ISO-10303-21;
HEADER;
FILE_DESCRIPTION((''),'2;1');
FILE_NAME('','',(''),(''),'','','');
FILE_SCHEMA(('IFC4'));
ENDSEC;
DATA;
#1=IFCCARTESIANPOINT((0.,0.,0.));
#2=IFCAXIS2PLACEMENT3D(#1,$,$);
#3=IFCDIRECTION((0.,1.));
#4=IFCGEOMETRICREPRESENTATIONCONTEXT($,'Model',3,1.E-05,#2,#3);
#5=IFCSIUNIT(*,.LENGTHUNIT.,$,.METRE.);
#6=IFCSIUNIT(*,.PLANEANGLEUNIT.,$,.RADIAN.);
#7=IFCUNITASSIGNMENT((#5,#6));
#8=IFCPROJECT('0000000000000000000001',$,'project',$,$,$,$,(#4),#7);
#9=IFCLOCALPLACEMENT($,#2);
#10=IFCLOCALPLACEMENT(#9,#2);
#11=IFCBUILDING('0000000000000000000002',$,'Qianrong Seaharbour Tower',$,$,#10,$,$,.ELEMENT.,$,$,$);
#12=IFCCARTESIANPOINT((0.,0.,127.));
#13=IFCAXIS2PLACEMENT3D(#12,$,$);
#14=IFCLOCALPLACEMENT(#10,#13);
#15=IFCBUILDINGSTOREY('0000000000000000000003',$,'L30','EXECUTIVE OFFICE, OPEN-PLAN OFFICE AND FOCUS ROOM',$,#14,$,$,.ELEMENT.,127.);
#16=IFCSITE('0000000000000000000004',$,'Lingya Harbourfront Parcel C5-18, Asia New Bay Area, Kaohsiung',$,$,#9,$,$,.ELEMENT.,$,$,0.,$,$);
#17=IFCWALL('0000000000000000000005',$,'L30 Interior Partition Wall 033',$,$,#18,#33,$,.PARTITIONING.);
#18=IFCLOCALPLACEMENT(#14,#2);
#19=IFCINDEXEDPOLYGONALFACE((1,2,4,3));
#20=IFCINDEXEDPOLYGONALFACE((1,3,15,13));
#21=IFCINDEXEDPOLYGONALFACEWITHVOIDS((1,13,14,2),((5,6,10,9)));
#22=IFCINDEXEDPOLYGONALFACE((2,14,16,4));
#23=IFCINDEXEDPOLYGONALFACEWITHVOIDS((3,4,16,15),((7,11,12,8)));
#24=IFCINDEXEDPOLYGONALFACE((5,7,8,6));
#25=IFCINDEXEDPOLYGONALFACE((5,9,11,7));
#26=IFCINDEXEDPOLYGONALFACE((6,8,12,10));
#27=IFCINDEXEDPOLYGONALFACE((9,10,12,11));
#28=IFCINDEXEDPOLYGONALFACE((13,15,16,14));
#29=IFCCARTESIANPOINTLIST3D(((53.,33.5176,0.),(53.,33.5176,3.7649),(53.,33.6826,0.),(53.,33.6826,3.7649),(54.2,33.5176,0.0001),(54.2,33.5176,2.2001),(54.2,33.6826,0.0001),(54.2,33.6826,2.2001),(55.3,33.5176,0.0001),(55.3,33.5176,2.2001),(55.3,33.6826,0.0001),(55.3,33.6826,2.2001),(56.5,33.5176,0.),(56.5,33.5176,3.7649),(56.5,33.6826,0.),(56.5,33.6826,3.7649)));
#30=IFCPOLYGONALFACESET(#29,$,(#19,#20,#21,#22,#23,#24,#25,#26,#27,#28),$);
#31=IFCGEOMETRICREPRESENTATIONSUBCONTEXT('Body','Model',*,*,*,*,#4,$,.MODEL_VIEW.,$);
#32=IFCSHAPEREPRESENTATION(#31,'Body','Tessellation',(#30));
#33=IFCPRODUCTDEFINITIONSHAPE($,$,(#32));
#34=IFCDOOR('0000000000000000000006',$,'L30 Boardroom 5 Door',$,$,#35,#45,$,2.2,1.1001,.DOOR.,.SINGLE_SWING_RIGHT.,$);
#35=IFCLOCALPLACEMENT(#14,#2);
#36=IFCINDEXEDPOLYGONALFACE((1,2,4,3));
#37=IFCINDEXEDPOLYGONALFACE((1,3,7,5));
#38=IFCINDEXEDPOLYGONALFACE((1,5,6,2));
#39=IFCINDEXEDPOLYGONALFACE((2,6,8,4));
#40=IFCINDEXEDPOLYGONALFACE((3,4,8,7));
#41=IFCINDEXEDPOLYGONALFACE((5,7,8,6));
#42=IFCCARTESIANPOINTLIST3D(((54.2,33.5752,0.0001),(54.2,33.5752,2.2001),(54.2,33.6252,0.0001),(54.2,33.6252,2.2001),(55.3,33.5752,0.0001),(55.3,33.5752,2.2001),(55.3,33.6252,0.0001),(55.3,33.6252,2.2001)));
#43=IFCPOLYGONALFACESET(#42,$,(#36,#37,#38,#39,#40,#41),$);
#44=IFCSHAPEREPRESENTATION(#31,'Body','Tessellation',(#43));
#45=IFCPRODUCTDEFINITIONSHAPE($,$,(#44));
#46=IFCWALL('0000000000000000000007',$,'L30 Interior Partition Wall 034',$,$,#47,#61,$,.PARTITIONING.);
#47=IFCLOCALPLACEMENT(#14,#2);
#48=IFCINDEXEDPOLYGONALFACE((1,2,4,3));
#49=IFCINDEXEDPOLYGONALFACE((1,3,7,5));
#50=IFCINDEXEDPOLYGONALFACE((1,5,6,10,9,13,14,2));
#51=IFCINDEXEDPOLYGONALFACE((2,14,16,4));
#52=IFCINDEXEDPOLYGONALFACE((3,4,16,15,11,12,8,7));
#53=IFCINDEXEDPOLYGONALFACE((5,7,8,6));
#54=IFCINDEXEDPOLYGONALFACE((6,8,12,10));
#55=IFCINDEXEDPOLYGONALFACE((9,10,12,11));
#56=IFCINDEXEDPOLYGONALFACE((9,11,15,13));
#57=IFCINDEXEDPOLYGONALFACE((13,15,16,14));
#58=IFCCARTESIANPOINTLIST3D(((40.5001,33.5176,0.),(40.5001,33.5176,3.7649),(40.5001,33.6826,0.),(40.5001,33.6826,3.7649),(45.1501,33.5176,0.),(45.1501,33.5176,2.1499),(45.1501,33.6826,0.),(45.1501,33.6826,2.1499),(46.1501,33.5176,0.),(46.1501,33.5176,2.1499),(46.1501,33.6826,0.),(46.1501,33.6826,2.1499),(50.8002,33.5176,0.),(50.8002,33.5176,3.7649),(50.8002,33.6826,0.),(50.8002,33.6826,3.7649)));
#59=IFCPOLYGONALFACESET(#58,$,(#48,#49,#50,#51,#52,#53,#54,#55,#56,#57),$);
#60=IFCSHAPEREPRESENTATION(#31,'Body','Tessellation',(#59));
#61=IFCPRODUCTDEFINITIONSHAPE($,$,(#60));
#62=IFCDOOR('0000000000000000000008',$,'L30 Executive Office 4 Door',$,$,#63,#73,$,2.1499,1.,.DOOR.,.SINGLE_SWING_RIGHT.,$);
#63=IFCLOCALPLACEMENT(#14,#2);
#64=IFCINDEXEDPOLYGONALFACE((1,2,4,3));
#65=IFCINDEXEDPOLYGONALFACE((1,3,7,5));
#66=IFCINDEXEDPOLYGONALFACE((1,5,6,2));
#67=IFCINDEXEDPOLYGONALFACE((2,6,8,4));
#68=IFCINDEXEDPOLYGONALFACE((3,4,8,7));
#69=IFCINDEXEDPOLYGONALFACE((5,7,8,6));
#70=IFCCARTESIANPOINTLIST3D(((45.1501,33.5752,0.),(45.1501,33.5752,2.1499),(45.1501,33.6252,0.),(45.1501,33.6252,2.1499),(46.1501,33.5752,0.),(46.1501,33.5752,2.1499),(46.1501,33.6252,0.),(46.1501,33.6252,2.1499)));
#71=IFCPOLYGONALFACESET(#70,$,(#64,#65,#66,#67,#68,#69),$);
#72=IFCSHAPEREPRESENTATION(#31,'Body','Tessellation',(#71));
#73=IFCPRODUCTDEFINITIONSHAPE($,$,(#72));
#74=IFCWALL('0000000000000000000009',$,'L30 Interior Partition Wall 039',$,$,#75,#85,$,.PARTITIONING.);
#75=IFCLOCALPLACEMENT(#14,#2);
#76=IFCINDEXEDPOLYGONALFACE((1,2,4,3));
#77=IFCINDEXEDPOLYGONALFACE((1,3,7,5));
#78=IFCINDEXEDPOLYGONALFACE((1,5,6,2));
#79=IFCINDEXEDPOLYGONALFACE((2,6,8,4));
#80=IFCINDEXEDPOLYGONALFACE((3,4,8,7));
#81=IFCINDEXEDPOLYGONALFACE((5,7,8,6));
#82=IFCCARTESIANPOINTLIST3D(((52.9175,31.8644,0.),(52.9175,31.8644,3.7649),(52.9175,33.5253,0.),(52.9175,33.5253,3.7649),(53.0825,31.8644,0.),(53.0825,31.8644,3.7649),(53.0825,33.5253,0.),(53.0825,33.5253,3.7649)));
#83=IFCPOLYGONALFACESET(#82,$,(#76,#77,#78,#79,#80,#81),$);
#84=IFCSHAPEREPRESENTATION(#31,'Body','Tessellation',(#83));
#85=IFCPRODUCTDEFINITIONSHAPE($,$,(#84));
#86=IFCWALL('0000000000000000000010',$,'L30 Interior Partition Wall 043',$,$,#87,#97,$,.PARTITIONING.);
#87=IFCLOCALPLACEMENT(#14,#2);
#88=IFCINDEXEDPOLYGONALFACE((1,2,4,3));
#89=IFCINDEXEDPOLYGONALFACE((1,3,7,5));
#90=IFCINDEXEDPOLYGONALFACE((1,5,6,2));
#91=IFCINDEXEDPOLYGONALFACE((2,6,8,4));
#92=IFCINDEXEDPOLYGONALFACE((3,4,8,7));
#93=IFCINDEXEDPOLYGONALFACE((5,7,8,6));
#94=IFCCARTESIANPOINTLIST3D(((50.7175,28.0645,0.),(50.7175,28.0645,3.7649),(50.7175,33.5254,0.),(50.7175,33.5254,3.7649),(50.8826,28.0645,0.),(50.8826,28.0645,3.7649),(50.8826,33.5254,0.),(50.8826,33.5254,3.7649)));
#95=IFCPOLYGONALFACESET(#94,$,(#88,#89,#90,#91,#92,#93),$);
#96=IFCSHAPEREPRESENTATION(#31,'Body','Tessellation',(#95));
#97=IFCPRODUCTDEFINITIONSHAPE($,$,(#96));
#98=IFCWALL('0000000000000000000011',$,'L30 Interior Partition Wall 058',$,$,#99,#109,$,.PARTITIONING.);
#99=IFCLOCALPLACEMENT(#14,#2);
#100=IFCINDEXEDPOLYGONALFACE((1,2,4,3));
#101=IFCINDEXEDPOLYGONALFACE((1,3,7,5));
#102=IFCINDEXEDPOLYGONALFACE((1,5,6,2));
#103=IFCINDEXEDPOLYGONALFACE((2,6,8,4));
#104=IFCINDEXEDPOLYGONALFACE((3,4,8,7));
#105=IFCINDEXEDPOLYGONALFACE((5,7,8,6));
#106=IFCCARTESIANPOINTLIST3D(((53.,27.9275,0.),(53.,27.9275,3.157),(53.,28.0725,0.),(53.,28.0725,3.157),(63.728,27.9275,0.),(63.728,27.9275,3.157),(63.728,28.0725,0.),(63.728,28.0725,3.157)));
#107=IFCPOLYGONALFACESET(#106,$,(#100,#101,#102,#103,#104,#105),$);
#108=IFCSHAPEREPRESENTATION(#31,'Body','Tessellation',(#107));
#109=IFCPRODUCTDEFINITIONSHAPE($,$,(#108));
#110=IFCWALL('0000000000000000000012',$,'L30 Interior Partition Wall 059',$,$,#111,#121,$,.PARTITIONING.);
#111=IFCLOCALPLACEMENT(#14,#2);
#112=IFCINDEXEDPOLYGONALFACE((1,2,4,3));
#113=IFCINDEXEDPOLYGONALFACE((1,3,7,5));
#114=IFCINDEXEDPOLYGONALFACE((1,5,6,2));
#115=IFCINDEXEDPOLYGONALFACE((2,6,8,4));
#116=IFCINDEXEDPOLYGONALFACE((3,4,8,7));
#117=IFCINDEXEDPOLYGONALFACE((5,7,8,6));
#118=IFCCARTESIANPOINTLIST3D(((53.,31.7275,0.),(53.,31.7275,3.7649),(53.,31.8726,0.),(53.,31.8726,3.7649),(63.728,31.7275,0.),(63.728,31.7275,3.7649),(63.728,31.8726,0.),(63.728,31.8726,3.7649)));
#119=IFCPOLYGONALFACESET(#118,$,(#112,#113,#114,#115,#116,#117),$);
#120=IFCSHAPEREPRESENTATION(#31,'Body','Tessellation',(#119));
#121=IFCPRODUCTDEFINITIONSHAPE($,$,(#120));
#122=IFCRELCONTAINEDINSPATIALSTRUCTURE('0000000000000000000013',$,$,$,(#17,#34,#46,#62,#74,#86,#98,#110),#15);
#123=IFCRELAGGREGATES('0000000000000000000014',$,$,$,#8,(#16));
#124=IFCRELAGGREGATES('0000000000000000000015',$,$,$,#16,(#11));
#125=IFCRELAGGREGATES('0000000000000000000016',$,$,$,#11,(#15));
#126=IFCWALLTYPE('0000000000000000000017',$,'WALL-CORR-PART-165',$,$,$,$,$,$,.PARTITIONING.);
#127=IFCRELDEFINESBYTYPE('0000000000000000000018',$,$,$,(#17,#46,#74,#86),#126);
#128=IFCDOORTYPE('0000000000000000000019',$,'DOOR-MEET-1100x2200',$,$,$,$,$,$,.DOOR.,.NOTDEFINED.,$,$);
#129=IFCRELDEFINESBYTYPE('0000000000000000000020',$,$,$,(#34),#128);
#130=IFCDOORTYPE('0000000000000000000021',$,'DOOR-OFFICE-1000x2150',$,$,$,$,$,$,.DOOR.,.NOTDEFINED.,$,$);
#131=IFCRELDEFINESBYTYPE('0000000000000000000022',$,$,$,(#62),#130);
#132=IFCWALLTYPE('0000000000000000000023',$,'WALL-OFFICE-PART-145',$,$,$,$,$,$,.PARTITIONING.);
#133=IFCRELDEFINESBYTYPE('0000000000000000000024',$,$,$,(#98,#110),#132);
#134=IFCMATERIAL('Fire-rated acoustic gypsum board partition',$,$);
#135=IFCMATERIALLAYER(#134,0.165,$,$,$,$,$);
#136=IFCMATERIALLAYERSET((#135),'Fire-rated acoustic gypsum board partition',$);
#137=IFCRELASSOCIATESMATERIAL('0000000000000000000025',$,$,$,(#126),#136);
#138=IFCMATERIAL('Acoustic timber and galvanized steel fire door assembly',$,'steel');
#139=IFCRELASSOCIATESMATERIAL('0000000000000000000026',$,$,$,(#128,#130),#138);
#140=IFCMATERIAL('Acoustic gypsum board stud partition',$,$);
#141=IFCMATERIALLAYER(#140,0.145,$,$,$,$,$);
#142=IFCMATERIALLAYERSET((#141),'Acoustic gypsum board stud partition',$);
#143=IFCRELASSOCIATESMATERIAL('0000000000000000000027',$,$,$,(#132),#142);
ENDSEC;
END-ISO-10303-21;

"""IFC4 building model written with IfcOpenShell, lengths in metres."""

from ifc_helpers import new_model, si_unit, direction, frame, frame_2d, origin, place, context, subcontext, project, spatial, rectangle, extrude, material, layer, layer_set, type_object, element, fill, save


model = new_model("IFC4")

# Units and contexts
model_context = context("Model", 3, precision=1e-05, world=origin(), true_north=direction((0.0, 1.0)))
body_context = subcontext(model_context, "Body", "Model", "MODEL_VIEW")
ifc_project = project(units=[si_unit("LENGTHUNIT", "METRE"), si_unit("PLANEANGLEUNIT", "RADIAN")], contexts=[model_context])

# Site, building, storey
site_placement = place(None, origin())
site = spatial("IfcSite", under=ifc_project, at=site_placement, Name="Lingya Harbourfront Parcel C5-18, Asia New Bay Area, Kaohsiung", CompositionType="ELEMENT", RefElevation=0.0)
building_placement = place(site_placement, origin())
building = spatial("IfcBuilding", under=site, at=building_placement, Name="Qianrong Seaharbour Tower", CompositionType="ELEMENT")
storey_placement = place(building_placement, frame((0.0, 0.0, 127.0)))
storey = spatial("IfcBuildingStorey", under=building, at=storey_placement, Name="L30", Description="EXECUTIVE OFFICE, OPEN-PLAN OFFICE AND FOCUS ROOM", CompositionType="ELEMENT", Elevation=127.0)

# Shared definitions
ifc_material_1 = material(Name="Fire-rated acoustic gypsum board partition")
ifc_layer_1 = layer(ifc_material_1, 0.165)
ifc_layer_set_1 = layer_set([ifc_layer_1], Name="Fire-rated acoustic gypsum board partition")
wall_type_1 = type_object("IfcWallType", Name="WALL-CORR-PART-165", PredefinedType="PARTITIONING", material=ifc_layer_set_1)

# Walls, openings, doors
wall_1_placement = place(storey_placement, frame((56.5, 33.6001, 0.0), z_axis=(0.0, 0.0, 1.0), x_axis=(-1.0, 0.0, 0.0)))
wall_1 = element("IfcWall", 1, at=wall_1_placement, inside=storey, type_object=wall_type_1, Name="L30 Interior Partition Wall 033", PredefinedType="PARTITIONING", context=body_context, shape_type="SweptSolid", body=[
    extrude(rectangle(XDim=3.5, YDim=0.165, at=frame_2d((1.75, 0.0))), origin(), (0.0, 0.0, 1.0), 3.7649),
])
opening_1_placement = place(wall_1_placement, frame((1.2, 0.0, 0.0)))
opening_1 = element("IfcOpeningElement", 2, at=opening_1_placement, cuts=wall_1, PredefinedType="OPENING", context=body_context, shape_type="SweptSolid", body=[
    extrude(rectangle(XDim=1.1001, YDim=2.2, at=frame_2d((0.55, 1.1001))), frame((0.0, 0.0925, 0.0), z_axis=(0.0, -1.0, 0.0), x_axis=(1.0, 0.0, 0.0)), (0.0, 0.0, 1.0), 0.1851),
])
ifc_material_2 = material(Name="Acoustic timber and galvanized steel fire door assembly", Category="steel")
door_type_1 = type_object("IfcDoorType", Name="DOOR-MEET-1100x2200", OperationType="NOTDEFINED", PredefinedType="DOOR", material=ifc_material_2)
door_1_placement = place(opening_1_placement, origin())
door_1 = element("IfcDoor", 3, at=door_1_placement, inside=storey, type_object=door_type_1, Name="L30 Boardroom 5 Door", OperationType="SINGLE_SWING_RIGHT", OverallHeight=2.2, OverallWidth=1.1001, PredefinedType="DOOR", context=body_context, shape_type="SweptSolid", body=[
    extrude(rectangle(XDim=1.1001, YDim=2.2, at=frame_2d((0.55, 1.1001))), frame((0.0, 0.0249, 0.0), z_axis=(0.0, -1.0, 0.0), x_axis=(1.0, 0.0, 0.0)), (0.0, 0.0, 1.0), 0.05),
])
fill(opening_1, door_1)
wall_2_placement = place(storey_placement, frame((50.8, 33.6001, 0.0), z_axis=(0.0, 0.0, 1.0), x_axis=(-1.0, 0.0, 0.0)))
wall_2 = element("IfcWall", 4, at=wall_2_placement, inside=storey, type_object=wall_type_1, Name="L30 Interior Partition Wall 034", PredefinedType="PARTITIONING", context=body_context, shape_type="SweptSolid", body=[
    extrude(rectangle(XDim=10.3, YDim=0.165, at=frame_2d((5.1499, 0.0))), origin(), (0.0, 0.0, 1.0), 3.7649),
])
opening_2_placement = place(wall_2_placement, frame((4.6499, 0.0, 0.0)))
opening_2 = element("IfcOpeningElement", 5, at=opening_2_placement, cuts=wall_2, PredefinedType="OPENING", context=body_context, shape_type="SweptSolid", body=[
    extrude(rectangle(XDim=1.0, YDim=2.1499, at=frame_2d((0.5, 1.075))), frame((0.0, 0.0925, 0.0), z_axis=(0.0, -1.0, 0.0), x_axis=(1.0, 0.0, 0.0)), (0.0, 0.0, 1.0), 0.1851),
])
door_type_2 = type_object("IfcDoorType", Name="DOOR-OFFICE-1000x2150", OperationType="NOTDEFINED", PredefinedType="DOOR", material=ifc_material_2)
door_2_placement = place(opening_2_placement, origin())
door_2 = element("IfcDoor", 6, at=door_2_placement, inside=storey, type_object=door_type_2, Name="L30 Executive Office 4 Door", OperationType="SINGLE_SWING_RIGHT", OverallHeight=2.1499, OverallWidth=1.0, PredefinedType="DOOR", context=body_context, shape_type="SweptSolid", body=[
    extrude(rectangle(XDim=1.0, YDim=2.1499, at=frame_2d((0.5, 1.075))), frame((0.0, 0.0249, 0.0), z_axis=(0.0, -1.0, 0.0), x_axis=(1.0, 0.0, 0.0)), (0.0, 0.0, 1.0), 0.05),
])
fill(opening_2, door_2)

# Walls
wall_3_placement = place(storey_placement, frame((53.0, 33.5254, 0.0), z_axis=(0.0, 0.0, 1.0), x_axis=(0.0, -1.0, 0.0)))
element("IfcWall", 7, at=wall_3_placement, inside=storey, type_object=wall_type_1, Name="L30 Interior Partition Wall 039", PredefinedType="PARTITIONING", context=body_context, shape_type="SweptSolid", body=[
    extrude(rectangle(XDim=1.6609, YDim=0.165, at=frame_2d((0.8306, 0.0))), origin(), (0.0, 0.0, 1.0), 3.7649),
])
wall_4_placement = place(storey_placement, frame((50.8, 28.0645, 0.0), z_axis=(0.0, 0.0, 1.0), x_axis=(0.0, 1.0, 0.0)))
element("IfcWall", 8, at=wall_4_placement, inside=storey, type_object=wall_type_1, Name="L30 Interior Partition Wall 043", PredefinedType="PARTITIONING", context=body_context, shape_type="SweptSolid", body=[
    extrude(rectangle(XDim=5.4609, YDim=0.165, at=frame_2d((2.7305, 0.0))), origin(), (0.0, 0.0, 1.0), 3.7649),
])
ifc_material_3 = material(Name="Acoustic gypsum board stud partition")
ifc_layer_2 = layer(ifc_material_3, 0.145)
ifc_layer_set_2 = layer_set([ifc_layer_2], Name="Acoustic gypsum board stud partition")
wall_type_2 = type_object("IfcWallType", Name="WALL-OFFICE-PART-145", PredefinedType="PARTITIONING", material=ifc_layer_set_2)
wall_5_placement = place(storey_placement, frame((53.0, 28.0, 0.0), z_axis=(0.0, 0.0, 1.0), x_axis=(1.0, 0.0, 0.0)))
element("IfcWall", 9, at=wall_5_placement, inside=storey, type_object=wall_type_2, Name="L30 Interior Partition Wall 058", PredefinedType="PARTITIONING", context=body_context, shape_type="SweptSolid", body=[
    extrude(rectangle(XDim=10.728, YDim=0.145, at=frame_2d((5.364, 0.0))), origin(), (0.0, 0.0, 1.0), 3.157),
])
wall_6_placement = place(storey_placement, frame((53.0, 31.8, 0.0), z_axis=(0.0, 0.0, 1.0), x_axis=(1.0, 0.0, 0.0)))
element("IfcWall", 10, at=wall_6_placement, inside=storey, type_object=wall_type_2, Name="L30 Interior Partition Wall 059", PredefinedType="PARTITIONING", context=body_context, shape_type="SweptSolid", body=[
    extrude(rectangle(XDim=10.728, YDim=0.145, at=frame_2d((5.364, 0.0))), origin(), (0.0, 0.0, 1.0), 3.7649),
])

save(model, "model.ifc")
